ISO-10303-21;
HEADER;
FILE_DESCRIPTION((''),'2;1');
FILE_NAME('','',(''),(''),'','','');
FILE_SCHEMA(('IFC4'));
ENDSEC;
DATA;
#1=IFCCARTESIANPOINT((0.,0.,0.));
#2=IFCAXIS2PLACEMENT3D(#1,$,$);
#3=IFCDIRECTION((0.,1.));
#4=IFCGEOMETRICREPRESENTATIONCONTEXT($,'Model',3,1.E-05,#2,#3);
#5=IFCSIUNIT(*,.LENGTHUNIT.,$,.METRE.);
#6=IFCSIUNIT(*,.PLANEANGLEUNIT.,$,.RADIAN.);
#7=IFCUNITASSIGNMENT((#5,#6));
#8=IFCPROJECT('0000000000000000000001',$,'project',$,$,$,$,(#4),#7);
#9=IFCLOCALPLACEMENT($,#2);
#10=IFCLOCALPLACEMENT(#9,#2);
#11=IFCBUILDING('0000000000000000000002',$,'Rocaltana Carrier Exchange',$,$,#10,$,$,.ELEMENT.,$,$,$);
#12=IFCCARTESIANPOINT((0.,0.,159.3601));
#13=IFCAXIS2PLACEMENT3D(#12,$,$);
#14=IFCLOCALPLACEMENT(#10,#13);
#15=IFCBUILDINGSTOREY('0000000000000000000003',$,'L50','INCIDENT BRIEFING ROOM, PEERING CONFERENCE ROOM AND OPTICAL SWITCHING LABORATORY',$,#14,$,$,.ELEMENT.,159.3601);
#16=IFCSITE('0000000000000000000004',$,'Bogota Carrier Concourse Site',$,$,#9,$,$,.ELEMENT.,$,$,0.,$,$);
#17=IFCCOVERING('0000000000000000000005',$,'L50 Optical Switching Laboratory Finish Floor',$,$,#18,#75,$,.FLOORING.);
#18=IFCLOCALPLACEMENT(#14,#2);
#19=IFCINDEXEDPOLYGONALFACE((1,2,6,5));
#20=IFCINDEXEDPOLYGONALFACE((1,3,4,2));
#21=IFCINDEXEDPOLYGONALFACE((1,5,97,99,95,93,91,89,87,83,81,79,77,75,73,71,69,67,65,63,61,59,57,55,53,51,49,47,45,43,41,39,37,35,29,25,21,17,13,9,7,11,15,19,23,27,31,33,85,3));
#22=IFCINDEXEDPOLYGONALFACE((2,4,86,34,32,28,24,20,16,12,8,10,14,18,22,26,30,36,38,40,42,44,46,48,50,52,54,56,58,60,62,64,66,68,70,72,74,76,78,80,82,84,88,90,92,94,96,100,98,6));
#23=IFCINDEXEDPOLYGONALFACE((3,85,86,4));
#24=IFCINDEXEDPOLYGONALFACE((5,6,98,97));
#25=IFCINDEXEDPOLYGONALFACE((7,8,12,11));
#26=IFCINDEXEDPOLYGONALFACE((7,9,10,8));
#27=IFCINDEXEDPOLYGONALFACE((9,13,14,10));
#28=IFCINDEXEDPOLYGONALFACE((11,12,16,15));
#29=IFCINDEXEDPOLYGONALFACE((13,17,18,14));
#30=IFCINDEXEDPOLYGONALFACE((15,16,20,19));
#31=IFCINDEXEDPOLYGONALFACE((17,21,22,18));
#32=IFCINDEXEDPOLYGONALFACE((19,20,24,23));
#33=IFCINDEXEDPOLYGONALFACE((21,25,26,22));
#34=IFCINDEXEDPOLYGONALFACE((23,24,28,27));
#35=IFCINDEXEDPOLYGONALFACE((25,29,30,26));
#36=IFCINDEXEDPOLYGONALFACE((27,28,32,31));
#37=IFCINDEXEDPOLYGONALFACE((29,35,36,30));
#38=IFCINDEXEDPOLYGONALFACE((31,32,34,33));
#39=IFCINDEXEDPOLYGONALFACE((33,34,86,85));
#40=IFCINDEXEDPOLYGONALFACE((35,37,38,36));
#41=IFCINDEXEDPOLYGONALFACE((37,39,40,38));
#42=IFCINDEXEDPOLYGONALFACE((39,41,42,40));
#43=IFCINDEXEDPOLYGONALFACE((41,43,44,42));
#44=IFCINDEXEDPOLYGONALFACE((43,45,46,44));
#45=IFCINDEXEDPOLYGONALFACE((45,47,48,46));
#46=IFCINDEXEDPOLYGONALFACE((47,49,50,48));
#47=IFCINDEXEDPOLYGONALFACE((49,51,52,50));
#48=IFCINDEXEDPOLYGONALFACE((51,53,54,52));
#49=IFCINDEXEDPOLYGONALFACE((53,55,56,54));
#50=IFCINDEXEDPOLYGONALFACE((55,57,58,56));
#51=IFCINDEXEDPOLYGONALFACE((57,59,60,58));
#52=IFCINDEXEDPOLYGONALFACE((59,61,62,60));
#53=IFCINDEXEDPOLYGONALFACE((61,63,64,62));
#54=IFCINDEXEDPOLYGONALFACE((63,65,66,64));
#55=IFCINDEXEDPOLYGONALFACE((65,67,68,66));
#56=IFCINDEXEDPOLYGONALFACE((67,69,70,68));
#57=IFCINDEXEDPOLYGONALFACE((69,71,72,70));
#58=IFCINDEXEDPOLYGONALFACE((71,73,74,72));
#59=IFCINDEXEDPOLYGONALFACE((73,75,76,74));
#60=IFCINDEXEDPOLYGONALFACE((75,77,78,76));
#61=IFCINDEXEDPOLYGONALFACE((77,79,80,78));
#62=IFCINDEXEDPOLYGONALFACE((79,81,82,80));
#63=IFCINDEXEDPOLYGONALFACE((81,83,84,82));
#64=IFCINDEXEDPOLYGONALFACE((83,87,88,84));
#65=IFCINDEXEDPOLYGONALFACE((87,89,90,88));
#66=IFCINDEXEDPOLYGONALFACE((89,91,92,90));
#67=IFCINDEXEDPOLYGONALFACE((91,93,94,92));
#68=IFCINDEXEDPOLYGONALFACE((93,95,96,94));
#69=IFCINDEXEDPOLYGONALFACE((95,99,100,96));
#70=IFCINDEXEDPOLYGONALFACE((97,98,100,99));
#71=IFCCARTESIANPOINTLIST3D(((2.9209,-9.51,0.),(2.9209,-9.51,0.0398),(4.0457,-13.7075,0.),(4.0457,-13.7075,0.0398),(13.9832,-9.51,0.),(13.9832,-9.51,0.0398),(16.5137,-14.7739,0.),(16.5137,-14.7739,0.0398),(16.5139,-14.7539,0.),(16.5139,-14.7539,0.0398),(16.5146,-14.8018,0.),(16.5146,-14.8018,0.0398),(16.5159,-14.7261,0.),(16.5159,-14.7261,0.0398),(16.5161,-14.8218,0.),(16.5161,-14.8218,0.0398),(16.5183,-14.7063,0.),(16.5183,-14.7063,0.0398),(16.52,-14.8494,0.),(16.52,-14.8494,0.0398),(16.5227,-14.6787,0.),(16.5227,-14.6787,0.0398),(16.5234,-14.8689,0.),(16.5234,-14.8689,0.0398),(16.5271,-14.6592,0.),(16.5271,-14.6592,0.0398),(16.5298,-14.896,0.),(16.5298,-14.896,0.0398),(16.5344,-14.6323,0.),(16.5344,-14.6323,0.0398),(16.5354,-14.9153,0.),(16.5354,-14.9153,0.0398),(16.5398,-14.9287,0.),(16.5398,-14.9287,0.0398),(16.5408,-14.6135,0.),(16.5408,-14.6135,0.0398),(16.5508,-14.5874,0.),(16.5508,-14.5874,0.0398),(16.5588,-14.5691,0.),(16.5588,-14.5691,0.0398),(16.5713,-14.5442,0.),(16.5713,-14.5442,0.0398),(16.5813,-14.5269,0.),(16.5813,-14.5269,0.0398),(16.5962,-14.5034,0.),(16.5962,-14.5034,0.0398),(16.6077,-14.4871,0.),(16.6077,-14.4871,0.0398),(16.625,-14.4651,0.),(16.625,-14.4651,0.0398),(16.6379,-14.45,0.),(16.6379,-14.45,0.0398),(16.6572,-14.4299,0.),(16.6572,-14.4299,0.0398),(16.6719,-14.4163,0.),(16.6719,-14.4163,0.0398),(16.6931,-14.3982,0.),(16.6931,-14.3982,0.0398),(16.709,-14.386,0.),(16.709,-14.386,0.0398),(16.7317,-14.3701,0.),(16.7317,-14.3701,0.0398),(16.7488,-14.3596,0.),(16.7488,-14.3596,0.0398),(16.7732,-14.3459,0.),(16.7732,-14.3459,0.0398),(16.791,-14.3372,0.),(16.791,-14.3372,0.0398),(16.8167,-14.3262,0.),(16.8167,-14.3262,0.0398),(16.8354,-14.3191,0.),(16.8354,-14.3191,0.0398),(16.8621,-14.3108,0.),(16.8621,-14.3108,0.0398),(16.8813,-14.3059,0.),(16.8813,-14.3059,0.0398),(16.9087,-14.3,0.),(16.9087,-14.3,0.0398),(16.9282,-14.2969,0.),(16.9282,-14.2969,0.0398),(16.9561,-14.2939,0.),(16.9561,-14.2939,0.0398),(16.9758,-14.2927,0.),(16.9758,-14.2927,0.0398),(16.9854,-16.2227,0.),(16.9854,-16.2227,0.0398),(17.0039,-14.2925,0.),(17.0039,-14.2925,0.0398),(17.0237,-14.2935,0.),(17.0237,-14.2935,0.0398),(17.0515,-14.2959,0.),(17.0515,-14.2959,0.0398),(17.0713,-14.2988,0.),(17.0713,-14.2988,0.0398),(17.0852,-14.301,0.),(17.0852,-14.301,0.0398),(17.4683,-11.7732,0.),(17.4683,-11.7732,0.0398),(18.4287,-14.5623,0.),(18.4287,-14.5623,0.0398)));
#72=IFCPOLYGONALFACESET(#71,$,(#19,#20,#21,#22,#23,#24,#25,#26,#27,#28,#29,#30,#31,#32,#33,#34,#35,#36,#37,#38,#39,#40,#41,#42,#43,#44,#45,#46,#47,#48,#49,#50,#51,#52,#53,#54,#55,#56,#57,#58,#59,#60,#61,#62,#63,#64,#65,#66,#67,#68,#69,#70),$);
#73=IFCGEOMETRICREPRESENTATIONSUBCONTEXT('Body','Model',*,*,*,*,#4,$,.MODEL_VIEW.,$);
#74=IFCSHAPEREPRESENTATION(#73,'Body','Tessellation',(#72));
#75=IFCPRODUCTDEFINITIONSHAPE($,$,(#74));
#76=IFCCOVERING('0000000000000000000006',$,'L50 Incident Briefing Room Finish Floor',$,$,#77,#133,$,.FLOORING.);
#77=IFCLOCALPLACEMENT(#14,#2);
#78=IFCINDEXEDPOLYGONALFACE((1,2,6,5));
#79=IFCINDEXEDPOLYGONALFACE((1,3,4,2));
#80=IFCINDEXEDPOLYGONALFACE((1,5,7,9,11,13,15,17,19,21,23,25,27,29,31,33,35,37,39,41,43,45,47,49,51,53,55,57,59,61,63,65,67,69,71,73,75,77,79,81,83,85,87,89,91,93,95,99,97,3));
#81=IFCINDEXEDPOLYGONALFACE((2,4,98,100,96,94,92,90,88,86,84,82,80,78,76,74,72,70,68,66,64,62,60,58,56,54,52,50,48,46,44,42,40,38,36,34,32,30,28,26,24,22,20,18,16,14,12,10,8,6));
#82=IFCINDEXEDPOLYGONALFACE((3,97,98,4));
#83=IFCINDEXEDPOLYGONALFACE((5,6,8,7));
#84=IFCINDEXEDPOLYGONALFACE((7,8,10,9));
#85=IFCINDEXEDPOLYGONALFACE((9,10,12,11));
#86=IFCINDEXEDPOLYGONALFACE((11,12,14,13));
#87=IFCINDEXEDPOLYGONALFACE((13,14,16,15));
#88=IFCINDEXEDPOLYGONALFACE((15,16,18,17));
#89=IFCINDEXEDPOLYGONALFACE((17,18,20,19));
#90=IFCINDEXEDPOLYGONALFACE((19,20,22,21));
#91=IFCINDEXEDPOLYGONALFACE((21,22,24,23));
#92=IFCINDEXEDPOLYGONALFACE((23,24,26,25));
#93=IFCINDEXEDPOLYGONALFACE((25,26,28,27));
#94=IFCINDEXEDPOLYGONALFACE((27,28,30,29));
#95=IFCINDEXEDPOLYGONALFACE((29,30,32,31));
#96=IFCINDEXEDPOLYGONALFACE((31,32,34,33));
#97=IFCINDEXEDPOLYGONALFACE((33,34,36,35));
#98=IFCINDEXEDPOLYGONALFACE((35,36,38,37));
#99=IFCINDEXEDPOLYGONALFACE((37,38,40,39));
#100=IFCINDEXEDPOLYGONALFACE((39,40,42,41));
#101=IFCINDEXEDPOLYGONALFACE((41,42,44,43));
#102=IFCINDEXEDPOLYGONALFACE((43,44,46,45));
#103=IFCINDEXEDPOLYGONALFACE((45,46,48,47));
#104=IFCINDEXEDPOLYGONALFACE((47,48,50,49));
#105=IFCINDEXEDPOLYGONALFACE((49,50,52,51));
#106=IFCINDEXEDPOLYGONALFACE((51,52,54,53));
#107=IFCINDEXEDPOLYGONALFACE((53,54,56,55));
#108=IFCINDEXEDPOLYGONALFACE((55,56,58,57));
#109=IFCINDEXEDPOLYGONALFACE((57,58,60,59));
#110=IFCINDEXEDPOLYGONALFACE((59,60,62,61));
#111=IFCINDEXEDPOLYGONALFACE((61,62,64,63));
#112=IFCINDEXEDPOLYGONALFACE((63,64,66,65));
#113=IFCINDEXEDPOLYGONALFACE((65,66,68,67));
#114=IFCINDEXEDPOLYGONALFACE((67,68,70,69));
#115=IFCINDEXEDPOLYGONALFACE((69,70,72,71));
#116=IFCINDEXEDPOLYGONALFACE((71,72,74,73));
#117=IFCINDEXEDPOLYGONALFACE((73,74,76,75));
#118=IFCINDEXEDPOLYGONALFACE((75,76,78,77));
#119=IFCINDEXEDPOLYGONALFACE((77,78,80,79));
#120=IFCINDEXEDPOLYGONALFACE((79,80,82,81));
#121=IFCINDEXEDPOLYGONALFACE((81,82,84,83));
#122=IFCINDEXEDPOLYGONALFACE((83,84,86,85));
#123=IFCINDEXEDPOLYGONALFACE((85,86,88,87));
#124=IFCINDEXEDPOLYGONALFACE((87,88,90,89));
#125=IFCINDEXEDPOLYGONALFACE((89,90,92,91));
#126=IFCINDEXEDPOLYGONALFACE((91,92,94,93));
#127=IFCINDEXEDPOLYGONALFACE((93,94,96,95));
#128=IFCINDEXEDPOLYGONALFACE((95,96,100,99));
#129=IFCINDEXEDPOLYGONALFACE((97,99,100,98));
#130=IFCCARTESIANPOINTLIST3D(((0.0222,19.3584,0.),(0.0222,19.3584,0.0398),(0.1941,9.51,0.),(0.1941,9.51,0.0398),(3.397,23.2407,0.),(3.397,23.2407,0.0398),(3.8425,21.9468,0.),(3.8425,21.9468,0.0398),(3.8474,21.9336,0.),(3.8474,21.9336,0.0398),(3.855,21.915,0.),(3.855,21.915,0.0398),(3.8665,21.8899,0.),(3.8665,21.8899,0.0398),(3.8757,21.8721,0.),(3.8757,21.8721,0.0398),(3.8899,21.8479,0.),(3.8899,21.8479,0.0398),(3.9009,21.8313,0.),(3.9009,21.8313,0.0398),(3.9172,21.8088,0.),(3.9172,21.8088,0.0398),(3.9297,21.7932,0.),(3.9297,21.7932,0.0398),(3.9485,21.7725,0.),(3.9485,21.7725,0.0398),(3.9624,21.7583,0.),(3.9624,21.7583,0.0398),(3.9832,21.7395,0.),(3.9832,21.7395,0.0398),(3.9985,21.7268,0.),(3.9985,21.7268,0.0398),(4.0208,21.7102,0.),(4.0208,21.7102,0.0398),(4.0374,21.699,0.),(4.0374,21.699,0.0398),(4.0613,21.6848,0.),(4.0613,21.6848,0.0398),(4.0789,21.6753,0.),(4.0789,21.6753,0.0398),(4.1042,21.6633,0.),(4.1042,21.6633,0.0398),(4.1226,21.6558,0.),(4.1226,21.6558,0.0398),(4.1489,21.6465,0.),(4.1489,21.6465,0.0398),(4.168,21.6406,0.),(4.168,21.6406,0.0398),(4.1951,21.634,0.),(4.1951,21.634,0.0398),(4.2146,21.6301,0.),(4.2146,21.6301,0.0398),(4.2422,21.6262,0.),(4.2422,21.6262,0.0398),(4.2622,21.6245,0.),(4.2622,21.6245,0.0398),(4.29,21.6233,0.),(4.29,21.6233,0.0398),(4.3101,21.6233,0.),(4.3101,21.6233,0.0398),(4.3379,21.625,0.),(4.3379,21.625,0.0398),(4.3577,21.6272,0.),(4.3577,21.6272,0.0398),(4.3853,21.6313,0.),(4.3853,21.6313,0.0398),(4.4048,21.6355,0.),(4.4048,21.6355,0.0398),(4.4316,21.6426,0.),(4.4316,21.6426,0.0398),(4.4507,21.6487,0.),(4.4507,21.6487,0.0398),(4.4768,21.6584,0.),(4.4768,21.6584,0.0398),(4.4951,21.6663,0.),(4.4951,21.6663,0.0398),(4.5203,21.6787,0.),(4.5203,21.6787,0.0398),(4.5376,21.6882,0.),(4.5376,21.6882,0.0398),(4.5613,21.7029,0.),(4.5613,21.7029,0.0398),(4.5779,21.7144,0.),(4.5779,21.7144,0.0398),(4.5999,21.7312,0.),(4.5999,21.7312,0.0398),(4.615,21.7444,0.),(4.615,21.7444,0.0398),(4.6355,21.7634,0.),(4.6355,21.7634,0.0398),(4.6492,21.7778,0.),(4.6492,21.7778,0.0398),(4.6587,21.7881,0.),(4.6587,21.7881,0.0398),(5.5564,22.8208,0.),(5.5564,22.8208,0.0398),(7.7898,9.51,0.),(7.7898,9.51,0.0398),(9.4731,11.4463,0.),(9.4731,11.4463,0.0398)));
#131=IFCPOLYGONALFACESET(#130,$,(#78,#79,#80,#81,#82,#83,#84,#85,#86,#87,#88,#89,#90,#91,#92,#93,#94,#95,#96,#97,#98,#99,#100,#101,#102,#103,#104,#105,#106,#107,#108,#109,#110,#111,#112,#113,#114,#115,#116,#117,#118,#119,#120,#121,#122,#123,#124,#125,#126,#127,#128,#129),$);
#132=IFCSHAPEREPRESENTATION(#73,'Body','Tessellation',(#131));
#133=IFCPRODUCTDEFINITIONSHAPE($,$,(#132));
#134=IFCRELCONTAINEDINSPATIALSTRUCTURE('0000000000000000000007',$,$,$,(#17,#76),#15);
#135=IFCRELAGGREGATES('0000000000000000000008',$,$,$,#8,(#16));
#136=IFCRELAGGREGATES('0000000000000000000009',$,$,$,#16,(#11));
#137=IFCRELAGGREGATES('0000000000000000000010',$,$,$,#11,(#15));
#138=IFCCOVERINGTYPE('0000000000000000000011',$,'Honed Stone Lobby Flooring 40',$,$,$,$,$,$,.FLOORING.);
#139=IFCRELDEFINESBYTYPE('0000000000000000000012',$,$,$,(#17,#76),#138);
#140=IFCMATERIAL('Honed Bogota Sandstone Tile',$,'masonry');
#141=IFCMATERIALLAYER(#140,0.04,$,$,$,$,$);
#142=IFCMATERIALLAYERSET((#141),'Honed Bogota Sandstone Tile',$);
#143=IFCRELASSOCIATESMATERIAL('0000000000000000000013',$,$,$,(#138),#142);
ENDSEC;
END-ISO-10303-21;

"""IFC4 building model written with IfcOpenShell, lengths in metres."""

from ifc_helpers import new_model, si_unit, direction, frame, origin, place, context, subcontext, project, spatial, polyline, outline, extrude, material, layer, layer_set, type_object, element, save


model = new_model("IFC4")

# Units and contexts
model_context = context("Model", 3, precision=1e-05, world=origin(), true_north=direction((0.0, 1.0)))
body_context = subcontext(model_context, "Body", "Model", "MODEL_VIEW")
ifc_project = project(units=[si_unit("LENGTHUNIT", "METRE"), si_unit("PLANEANGLEUNIT", "RADIAN")], contexts=[model_context])

# Site, building, storey
site_placement = place(None, origin())
site = spatial("IfcSite", under=ifc_project, at=site_placement, Name="Bogota Carrier Concourse Site", CompositionType="ELEMENT", RefElevation=0.0)
building_placement = place(site_placement, origin())
building = spatial("IfcBuilding", under=site, at=building_placement, Name="Rocaltana Carrier Exchange", CompositionType="ELEMENT")
storey_placement = place(building_placement, frame((0.0, 0.0, 159.3601)))
storey = spatial("IfcBuildingStorey", under=building, at=storey_placement, Name="L50", Description="INCIDENT BRIEFING ROOM, PEERING CONFERENCE ROOM AND OPTICAL SWITCHING LABORATORY", CompositionType="ELEMENT", Elevation=159.3601)

# Coverings
ifc_material_1 = material(Name="Honed Bogota Sandstone Tile", Category="masonry")
ifc_layer_1 = layer(ifc_material_1, 0.04)
ifc_layer_set_1 = layer_set([ifc_layer_1], Name="Honed Bogota Sandstone Tile")
covering_type_1 = type_object("IfcCoveringType", Name="Honed Stone Lobby Flooring 40", PredefinedType="FLOORING", material=ifc_layer_set_1)
covering_1_placement = place(storey_placement, origin())
element("IfcCovering", 1, at=covering_1_placement, inside=storey, type_object=covering_type_1, Name="L50 Optical Switching Laboratory Finish Floor", PredefinedType="FLOORING", context=body_context, shape_type="SweptSolid", body=[
    extrude(outline(polyline([(18.4287, -14.5623), (17.0852, -14.301), (17.0713, -14.2988), (17.0515, -14.2959), (17.0237, -14.2935), (17.0039, -14.2925), (16.9758, -14.2927), (16.9561, -14.2939), (16.9282, -14.2969), (16.9087, -14.3), (16.8813, -14.3059), (16.8621, -14.3108), (16.8354, -14.3191), (16.8167, -14.3262), (16.791, -14.3372), (16.7732, -14.3459), (16.7488, -14.3596), (16.7317, -14.3701), (16.709, -14.386), (16.6931, -14.3982), (16.6719, -14.4163), (16.6572, -14.4299), (16.6379, -14.45), (16.625, -14.4651), (16.6077, -14.4871), (16.5962, -14.5034), (16.5813, -14.5269), (16.5713, -14.5442), (16.5588, -14.5691), (16.5508, -14.5874), (16.5408, -14.6135), (16.5344, -14.6323), (16.5271, -14.6592), (16.5227, -14.6787), (16.5183, -14.7063), (16.5159, -14.7261), (16.5139, -14.7539), (16.5137, -14.7739), (16.5146, -14.8018), (16.5161, -14.8218), (16.52, -14.8494), (16.5234, -14.8689), (16.5298, -14.896), (16.5354, -14.9153), (16.5398, -14.9287), (16.9854, -16.2227), (4.0457, -13.7075), (2.9209, -9.51), (13.9832, -9.51), (17.4683, -11.7732), (18.4287, -14.5623)])), origin(), (0.0, 0.0, 1.0), 0.0398),
])
covering_2_placement = place(storey_placement, origin())
element("IfcCovering", 2, at=covering_2_placement, inside=storey, type_object=covering_type_1, Name="L50 Incident Briefing Room Finish Floor", PredefinedType="FLOORING", context=body_context, shape_type="SweptSolid", body=[
    extrude(outline(polyline([(3.397, 23.2407), (3.8425, 21.9468), (3.8474, 21.9336), (3.855, 21.915), (3.8665, 21.8899), (3.8757, 21.8721), (3.8899, 21.8479), (3.9009, 21.8313), (3.9172, 21.8088), (3.9297, 21.7932), (3.9485, 21.7725), (3.9624, 21.7583), (3.9832, 21.7395), (3.9985, 21.7268), (4.0208, 21.7102), (4.0374, 21.699), (4.0613, 21.6848), (4.0789, 21.6753), (4.1042, 21.6633), (4.1226, 21.6558), (4.1489, 21.6465), (4.168, 21.6406), (4.1951, 21.634), (4.2146, 21.6301), (4.2422, 21.6262), (4.2622, 21.6245), (4.29, 21.6233), (4.3101, 21.6233), (4.3379, 21.625), (4.3577, 21.6272), (4.3853, 21.6313), (4.4048, 21.6355), (4.4316, 21.6426), (4.4507, 21.6487), (4.4768, 21.6584), (4.4951, 21.6663), (4.5203, 21.6787), (4.5376, 21.6882), (4.5613, 21.7029), (4.5779, 21.7144), (4.5999, 21.7312), (4.615, 21.7444), (4.6355, 21.7634), (4.6492, 21.7778), (4.6587, 21.7881), (5.5564, 22.8208), (9.4731, 11.4463), (7.7898, 9.51), (0.1941, 9.51), (0.0222, 19.3584), (3.397, 23.2407)])), origin(), (0.0, 0.0, 1.0), 0.0398),
])

save(model, "model.ifc")
